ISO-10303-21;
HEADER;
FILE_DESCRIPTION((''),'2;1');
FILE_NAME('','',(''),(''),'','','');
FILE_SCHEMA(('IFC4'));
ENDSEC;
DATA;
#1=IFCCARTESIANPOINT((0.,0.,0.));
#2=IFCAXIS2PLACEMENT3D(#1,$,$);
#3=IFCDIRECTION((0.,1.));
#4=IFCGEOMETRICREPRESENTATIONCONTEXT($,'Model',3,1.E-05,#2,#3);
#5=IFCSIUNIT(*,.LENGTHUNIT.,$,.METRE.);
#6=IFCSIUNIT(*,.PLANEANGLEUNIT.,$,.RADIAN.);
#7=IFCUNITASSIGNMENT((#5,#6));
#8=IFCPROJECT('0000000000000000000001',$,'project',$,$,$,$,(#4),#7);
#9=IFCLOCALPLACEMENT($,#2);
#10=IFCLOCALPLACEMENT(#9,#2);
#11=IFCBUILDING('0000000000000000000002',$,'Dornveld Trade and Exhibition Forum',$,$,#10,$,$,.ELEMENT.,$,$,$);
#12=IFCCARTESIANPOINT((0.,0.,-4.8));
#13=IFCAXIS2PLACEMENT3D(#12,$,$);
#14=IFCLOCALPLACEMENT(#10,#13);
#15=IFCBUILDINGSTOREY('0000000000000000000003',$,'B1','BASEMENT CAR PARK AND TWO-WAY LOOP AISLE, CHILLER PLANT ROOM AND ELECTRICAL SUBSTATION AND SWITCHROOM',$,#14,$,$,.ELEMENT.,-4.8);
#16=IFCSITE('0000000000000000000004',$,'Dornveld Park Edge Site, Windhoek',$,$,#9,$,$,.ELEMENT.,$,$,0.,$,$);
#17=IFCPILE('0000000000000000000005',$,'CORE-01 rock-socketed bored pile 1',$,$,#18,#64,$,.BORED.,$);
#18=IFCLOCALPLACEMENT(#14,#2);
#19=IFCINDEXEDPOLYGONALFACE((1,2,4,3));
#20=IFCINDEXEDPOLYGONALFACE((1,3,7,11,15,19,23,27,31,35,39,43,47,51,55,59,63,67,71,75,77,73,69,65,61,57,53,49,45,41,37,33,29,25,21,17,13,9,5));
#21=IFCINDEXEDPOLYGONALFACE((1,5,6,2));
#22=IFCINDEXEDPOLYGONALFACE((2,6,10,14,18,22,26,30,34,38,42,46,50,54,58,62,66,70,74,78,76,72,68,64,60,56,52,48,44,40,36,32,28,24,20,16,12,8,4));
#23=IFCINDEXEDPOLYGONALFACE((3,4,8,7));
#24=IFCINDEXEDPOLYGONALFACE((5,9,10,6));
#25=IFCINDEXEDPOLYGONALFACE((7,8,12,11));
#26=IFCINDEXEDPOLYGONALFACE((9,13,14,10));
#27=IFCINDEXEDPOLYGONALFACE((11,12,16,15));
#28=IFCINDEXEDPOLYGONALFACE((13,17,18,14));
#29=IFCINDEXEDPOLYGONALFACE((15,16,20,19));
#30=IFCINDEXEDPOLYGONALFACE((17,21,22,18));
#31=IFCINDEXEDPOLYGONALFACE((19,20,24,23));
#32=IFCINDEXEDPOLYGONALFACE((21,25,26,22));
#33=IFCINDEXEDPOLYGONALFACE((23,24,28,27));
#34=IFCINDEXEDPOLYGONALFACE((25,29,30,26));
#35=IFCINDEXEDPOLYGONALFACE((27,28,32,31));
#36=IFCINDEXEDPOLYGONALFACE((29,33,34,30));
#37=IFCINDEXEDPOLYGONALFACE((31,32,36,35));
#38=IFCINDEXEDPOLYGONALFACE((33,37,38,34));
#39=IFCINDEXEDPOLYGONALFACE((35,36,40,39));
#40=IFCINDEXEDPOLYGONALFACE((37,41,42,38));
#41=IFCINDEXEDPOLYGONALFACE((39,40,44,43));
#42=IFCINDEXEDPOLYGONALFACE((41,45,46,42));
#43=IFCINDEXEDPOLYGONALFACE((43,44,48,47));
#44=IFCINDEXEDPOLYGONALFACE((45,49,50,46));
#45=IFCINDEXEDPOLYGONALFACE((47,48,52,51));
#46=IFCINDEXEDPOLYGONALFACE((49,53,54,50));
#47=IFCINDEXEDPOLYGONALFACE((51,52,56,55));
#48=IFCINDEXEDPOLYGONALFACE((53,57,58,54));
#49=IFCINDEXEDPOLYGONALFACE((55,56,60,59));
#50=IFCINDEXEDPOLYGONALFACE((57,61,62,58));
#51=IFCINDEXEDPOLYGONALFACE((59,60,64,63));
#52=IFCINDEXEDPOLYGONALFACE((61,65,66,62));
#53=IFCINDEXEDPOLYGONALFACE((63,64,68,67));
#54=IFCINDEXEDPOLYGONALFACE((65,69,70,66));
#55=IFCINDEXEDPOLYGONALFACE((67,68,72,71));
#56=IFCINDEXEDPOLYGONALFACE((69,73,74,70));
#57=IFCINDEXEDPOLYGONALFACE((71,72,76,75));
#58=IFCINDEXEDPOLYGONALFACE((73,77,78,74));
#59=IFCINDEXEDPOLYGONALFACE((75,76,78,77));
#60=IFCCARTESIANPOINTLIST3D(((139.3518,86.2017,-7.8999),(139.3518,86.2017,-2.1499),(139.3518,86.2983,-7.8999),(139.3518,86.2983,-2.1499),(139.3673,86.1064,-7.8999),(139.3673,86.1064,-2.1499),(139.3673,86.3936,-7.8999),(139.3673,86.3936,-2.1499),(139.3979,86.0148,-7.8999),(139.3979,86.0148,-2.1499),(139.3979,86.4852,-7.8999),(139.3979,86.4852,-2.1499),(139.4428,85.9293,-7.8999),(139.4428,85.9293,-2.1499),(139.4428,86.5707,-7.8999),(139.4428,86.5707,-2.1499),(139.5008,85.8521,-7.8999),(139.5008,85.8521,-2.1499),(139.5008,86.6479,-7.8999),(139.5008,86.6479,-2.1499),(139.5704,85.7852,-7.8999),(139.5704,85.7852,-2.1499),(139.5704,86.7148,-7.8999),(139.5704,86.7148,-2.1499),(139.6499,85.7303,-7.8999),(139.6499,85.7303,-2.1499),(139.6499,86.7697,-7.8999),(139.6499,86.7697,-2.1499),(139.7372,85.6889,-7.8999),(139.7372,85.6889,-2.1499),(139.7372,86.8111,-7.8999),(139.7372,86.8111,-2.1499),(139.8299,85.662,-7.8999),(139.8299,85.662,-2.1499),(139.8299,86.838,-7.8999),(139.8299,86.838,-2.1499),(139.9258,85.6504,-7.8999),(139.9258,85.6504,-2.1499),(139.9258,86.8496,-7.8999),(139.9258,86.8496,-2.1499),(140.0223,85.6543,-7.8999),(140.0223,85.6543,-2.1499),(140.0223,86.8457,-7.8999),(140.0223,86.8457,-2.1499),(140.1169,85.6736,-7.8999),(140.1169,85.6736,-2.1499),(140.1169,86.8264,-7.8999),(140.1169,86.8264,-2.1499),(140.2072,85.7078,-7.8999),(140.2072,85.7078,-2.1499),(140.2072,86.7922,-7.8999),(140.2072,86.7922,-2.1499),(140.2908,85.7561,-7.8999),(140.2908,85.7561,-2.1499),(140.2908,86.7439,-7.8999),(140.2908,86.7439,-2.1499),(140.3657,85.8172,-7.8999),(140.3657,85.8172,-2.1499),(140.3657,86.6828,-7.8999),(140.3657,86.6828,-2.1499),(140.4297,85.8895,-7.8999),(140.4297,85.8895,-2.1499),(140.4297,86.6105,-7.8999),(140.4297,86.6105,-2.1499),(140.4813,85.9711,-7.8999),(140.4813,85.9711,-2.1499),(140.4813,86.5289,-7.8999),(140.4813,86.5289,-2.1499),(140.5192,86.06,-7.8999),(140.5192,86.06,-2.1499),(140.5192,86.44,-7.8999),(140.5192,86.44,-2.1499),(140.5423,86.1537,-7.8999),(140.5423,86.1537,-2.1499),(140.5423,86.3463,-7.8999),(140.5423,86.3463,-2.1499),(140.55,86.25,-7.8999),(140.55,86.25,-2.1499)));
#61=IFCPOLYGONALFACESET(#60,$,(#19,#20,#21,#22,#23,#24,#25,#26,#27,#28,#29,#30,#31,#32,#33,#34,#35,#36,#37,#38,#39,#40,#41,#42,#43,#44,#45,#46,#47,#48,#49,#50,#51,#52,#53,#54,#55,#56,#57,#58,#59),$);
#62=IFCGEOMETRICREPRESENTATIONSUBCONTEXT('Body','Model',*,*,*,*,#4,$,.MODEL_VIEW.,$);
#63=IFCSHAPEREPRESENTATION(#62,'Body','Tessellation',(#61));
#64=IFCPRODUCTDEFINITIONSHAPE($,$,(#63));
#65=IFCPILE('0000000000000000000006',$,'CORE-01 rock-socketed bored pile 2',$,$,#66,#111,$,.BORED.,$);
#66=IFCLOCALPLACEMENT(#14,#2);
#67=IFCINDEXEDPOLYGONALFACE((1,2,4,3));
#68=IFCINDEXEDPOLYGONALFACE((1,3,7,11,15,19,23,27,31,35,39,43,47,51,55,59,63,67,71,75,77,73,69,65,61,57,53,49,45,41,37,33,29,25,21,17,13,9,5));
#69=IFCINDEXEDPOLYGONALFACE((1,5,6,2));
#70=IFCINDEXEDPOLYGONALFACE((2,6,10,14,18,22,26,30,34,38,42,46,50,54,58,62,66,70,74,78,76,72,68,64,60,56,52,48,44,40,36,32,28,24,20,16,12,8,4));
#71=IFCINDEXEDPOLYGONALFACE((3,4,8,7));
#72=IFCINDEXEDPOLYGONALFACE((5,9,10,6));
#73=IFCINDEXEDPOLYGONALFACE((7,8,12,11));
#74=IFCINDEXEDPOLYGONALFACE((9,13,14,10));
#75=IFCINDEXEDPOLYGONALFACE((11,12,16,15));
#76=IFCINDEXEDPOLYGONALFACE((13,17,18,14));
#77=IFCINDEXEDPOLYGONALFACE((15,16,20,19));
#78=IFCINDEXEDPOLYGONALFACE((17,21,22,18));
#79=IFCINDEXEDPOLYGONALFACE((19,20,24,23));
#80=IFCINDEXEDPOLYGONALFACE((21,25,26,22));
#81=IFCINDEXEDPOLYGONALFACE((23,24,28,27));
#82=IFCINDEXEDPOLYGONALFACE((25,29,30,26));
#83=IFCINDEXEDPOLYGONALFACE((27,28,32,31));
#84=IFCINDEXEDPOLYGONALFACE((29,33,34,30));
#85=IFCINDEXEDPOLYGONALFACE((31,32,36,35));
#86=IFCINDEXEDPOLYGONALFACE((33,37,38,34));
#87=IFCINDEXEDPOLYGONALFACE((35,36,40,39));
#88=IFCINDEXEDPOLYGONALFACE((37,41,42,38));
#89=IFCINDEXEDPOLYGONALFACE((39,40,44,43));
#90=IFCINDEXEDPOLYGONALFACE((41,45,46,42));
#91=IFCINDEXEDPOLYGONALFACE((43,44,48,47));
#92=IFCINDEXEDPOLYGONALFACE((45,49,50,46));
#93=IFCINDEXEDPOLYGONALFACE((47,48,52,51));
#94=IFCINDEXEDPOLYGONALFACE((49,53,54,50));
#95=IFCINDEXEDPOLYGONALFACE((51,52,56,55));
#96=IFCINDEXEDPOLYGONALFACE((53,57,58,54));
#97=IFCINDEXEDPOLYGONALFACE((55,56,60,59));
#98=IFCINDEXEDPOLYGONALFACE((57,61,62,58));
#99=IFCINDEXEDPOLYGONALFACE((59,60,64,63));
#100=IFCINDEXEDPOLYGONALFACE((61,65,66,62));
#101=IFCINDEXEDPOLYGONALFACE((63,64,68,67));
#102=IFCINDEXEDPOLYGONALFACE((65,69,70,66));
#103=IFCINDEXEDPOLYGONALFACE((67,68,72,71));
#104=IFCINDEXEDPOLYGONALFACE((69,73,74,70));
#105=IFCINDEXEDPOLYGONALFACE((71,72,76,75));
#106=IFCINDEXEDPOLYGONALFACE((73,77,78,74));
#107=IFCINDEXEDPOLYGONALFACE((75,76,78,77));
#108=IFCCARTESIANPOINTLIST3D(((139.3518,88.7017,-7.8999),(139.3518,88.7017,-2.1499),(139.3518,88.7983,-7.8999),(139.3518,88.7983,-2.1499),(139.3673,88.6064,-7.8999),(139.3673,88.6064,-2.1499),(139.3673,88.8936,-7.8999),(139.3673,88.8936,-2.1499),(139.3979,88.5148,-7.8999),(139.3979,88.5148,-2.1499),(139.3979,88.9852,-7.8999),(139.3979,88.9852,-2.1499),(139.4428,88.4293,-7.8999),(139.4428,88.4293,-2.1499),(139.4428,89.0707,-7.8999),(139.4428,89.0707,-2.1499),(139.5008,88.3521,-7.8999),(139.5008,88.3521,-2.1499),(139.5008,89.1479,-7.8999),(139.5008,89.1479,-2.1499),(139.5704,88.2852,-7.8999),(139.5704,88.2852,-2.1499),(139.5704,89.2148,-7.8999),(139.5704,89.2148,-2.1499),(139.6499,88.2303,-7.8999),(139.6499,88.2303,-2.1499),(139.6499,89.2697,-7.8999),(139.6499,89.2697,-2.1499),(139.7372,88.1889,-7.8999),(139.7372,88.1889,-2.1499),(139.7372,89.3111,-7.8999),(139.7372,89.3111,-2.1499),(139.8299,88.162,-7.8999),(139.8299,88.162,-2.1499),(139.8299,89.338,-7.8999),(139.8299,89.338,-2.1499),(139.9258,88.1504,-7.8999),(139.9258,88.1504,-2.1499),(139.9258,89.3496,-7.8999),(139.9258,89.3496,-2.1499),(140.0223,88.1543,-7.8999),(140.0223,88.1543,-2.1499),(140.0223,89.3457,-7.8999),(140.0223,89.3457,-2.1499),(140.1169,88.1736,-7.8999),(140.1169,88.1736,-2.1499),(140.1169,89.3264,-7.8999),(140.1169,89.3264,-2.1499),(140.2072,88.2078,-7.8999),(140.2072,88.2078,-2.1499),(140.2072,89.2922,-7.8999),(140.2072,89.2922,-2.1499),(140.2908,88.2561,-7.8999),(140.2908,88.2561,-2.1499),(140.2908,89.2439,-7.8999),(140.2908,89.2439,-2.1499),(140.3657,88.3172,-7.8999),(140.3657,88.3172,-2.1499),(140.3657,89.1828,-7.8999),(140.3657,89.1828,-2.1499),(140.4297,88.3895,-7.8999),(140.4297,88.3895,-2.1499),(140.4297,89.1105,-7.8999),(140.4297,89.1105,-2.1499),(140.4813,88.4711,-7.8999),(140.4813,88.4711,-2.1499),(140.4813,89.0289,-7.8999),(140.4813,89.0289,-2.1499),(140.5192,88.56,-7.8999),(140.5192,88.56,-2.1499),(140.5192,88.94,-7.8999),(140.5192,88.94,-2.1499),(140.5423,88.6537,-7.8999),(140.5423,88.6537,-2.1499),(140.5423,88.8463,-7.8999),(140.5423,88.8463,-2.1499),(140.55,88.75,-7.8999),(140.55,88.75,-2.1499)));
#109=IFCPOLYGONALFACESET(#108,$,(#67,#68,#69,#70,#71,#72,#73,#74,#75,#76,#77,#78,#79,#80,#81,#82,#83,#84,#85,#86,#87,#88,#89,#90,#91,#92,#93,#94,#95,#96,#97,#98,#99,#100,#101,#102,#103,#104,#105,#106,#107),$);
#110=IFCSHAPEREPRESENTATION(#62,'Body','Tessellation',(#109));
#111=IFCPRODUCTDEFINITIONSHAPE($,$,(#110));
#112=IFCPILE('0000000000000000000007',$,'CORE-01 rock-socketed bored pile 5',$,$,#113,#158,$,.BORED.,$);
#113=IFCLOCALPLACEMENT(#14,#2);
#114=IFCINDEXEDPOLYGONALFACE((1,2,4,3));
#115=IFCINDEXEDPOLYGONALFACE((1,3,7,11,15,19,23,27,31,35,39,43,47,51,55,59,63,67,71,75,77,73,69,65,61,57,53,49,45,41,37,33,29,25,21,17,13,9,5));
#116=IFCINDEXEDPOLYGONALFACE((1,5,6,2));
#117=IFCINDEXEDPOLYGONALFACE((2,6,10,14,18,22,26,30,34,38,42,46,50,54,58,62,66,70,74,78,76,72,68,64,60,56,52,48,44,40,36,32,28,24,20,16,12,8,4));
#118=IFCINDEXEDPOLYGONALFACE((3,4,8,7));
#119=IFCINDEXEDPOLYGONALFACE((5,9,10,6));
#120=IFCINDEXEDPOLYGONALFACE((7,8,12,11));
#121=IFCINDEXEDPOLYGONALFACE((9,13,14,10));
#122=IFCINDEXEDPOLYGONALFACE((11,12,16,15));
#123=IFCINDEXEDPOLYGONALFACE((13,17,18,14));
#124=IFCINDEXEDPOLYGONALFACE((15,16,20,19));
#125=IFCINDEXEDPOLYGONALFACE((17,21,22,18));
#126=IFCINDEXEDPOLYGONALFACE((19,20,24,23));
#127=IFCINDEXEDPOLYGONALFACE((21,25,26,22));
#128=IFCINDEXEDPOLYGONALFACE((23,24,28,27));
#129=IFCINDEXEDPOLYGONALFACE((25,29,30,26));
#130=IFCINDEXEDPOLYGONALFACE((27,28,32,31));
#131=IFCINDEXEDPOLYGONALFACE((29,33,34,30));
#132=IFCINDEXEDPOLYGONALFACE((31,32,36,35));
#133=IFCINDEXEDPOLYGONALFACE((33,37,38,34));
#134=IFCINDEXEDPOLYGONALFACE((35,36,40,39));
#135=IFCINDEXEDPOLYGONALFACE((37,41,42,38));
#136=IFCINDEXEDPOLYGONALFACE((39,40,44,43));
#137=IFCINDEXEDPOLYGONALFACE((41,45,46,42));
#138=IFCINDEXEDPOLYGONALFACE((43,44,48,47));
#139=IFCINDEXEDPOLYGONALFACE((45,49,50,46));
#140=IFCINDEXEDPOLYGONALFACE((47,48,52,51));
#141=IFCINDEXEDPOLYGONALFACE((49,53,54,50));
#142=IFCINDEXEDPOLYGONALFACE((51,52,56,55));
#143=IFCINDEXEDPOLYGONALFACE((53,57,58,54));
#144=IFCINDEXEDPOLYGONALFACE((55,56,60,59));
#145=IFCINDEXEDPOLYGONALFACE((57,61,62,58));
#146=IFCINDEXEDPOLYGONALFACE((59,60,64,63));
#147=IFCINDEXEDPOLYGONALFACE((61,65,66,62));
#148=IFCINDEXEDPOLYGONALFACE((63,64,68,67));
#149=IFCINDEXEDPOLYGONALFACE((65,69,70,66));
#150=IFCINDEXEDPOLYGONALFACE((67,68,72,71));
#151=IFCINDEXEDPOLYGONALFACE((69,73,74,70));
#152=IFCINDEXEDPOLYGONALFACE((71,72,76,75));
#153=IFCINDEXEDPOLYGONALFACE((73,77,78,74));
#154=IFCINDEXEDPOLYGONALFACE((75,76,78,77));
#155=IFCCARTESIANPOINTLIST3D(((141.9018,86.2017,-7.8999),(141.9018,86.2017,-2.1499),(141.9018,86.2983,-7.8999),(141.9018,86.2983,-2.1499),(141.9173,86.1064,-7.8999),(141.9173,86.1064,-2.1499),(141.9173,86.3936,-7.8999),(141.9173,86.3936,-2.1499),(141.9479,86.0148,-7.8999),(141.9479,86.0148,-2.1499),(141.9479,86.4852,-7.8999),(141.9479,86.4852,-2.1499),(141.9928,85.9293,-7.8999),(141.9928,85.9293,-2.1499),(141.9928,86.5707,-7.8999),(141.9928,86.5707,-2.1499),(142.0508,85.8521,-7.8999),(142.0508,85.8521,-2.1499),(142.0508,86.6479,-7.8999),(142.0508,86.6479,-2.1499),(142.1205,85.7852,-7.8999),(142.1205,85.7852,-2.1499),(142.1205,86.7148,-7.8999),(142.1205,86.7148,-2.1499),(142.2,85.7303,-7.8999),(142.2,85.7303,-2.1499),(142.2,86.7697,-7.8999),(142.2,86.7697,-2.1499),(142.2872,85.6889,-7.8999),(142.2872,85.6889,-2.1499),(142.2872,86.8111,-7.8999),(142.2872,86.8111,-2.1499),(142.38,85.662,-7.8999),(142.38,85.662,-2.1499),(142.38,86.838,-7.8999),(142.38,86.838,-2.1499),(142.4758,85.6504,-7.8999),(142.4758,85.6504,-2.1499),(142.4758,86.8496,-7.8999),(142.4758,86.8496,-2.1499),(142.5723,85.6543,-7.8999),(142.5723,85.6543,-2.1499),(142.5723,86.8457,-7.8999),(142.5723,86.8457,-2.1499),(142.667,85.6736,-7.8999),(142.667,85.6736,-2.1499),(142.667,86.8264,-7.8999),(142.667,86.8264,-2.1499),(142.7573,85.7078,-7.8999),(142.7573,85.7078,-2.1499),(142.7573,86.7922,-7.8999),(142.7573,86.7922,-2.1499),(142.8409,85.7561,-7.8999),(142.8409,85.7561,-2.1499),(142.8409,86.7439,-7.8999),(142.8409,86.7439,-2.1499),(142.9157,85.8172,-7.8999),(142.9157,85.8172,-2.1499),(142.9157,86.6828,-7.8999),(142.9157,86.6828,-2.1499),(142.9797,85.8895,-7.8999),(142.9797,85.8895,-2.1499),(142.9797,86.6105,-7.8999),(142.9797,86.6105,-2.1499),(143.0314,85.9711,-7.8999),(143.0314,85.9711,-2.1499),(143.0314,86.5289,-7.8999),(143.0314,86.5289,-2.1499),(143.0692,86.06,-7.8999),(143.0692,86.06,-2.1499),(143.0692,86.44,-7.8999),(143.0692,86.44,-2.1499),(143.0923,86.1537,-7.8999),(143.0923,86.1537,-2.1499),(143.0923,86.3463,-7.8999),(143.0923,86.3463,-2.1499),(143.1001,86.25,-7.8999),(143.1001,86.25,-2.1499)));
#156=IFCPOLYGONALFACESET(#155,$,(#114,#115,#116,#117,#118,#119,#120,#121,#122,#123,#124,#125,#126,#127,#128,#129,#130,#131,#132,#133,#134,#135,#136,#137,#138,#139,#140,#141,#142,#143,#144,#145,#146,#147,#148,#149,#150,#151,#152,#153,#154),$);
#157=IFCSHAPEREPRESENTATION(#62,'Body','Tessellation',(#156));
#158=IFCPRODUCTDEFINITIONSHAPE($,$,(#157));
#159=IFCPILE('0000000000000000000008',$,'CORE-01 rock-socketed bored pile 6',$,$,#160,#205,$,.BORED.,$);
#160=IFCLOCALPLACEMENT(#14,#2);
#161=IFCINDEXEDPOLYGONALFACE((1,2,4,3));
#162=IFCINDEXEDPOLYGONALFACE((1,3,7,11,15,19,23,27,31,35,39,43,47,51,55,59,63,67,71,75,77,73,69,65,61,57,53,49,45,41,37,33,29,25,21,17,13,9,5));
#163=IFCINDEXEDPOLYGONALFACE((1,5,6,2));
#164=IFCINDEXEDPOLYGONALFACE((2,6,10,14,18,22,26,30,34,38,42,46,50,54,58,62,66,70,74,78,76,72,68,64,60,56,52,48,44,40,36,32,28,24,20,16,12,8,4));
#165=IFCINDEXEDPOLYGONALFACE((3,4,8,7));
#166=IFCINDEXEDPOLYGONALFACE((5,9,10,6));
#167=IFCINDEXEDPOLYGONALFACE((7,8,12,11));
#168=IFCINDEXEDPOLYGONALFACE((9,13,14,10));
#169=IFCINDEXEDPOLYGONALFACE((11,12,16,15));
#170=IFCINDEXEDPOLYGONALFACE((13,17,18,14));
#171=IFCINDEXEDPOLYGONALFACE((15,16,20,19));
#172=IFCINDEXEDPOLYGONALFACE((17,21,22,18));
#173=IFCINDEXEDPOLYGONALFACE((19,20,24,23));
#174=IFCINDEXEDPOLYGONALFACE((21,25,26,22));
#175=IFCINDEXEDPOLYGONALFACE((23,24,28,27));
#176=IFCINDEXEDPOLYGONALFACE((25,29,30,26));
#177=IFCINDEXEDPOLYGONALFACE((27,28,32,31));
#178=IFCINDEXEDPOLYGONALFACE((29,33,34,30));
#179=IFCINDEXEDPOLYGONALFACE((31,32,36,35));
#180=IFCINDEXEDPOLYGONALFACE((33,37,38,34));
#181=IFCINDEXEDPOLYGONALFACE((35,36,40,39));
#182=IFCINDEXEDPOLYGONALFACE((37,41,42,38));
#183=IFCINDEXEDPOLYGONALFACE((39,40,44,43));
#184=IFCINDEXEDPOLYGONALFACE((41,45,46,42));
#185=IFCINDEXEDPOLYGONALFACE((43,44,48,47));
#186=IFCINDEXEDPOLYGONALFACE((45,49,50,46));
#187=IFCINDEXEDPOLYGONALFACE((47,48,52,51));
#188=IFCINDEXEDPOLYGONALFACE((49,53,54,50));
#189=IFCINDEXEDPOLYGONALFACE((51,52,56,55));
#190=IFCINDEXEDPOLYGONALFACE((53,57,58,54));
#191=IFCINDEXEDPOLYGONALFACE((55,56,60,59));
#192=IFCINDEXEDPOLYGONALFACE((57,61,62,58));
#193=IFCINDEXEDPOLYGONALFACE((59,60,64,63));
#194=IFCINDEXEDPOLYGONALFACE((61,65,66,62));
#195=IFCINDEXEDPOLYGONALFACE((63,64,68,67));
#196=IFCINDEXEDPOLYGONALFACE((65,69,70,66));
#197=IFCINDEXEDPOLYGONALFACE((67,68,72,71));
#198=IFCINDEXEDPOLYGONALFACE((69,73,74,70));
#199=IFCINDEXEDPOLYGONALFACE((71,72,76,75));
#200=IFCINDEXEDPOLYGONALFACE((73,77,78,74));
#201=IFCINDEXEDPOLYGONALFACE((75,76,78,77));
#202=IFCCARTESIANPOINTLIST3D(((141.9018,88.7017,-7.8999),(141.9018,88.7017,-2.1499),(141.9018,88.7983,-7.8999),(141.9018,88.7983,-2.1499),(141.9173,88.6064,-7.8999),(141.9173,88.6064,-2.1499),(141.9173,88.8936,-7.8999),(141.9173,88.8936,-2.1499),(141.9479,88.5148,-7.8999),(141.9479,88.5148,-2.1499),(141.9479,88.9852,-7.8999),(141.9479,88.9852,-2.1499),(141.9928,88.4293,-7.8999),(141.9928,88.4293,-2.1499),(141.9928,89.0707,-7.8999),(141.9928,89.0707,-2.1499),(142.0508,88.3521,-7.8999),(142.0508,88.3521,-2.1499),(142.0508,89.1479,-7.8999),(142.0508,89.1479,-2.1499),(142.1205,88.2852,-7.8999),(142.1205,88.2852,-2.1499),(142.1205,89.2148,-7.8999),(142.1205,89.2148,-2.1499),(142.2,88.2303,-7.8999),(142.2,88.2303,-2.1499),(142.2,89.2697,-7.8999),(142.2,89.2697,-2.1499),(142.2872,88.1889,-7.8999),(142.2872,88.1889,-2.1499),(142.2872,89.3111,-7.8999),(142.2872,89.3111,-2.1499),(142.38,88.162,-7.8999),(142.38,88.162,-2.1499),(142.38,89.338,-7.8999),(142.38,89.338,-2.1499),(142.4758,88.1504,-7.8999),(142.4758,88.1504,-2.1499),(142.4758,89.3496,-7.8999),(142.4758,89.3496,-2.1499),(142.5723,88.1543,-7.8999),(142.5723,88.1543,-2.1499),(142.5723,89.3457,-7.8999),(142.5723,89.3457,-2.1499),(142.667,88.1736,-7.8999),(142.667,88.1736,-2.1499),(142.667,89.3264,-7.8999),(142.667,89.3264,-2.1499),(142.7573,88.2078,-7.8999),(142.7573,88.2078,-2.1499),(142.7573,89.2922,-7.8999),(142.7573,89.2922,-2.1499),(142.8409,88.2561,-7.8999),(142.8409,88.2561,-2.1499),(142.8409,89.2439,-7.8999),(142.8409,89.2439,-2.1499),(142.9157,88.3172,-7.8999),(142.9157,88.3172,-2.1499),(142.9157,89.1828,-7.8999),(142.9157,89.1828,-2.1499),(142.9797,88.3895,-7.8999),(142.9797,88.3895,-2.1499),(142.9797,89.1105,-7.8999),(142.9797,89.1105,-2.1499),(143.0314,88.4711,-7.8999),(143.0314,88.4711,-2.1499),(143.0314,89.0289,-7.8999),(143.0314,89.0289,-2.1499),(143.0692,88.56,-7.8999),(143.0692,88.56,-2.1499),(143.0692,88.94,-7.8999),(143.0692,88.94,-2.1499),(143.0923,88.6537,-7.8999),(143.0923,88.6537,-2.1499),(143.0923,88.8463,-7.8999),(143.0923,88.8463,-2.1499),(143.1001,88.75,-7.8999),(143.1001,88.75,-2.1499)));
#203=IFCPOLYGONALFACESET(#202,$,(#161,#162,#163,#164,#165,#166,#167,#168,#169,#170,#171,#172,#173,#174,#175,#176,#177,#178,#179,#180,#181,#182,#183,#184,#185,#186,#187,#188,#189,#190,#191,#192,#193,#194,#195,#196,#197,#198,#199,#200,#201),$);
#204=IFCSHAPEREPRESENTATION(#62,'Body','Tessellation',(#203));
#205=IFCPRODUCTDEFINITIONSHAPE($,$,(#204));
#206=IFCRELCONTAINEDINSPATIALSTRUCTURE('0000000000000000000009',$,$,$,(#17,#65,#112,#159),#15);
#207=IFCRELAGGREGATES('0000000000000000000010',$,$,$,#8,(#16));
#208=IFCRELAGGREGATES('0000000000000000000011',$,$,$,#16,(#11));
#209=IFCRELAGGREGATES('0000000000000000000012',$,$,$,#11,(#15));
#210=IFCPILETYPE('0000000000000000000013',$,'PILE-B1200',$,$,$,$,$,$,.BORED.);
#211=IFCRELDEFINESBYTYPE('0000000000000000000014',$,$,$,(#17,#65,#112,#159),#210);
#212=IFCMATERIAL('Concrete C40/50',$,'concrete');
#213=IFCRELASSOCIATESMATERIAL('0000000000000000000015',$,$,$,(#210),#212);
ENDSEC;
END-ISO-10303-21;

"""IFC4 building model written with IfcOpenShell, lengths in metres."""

from ifc_helpers import new_model, si_unit, direction, frame, origin, origin_2d, place, context, subcontext, project, spatial, circle, extrude, material, material_profile, profile_set, type_object, element, save


model = new_model("IFC4")

# Units and contexts
model_context = context("Model", 3, precision=1e-05, world=origin(), true_north=direction((0.0, 1.0)))
body_context = subcontext(model_context, "Body", "Model", "MODEL_VIEW")
ifc_project = project(units=[si_unit("LENGTHUNIT", "METRE"), si_unit("PLANEANGLEUNIT", "RADIAN")], contexts=[model_context])

# Site, building, storey
site_placement = place(None, origin())
site = spatial("IfcSite", under=ifc_project, at=site_placement, Name="Dornveld Park Edge Site, Windhoek", CompositionType="ELEMENT", RefElevation=0.0)
building_placement = place(site_placement, origin())
building = spatial("IfcBuilding", under=site, at=building_placement, Name="Dornveld Trade and Exhibition Forum", CompositionType="ELEMENT")
storey_placement = place(building_placement, frame((0.0, 0.0, -4.8)))
storey = spatial("IfcBuildingStorey", under=building, at=storey_placement, Name="B1", Description="BASEMENT CAR PARK AND TWO-WAY LOOP AISLE, CHILLER PLANT ROOM AND ELECTRICAL SUBSTATION AND SWITCHROOM", CompositionType="ELEMENT", Elevation=-4.8)

# Piles
ifc_material_1 = material(Name="Concrete C40/50", Category="concrete")
ifc_material_profile_1 = material_profile(ifc_material_1, circle(Radius=0.6001, at=origin_2d()), Name="PILE D1200")
ifc_profile_set_1 = profile_set([ifc_material_profile_1], Name="Concrete C40/50")
pile_type_1 = type_object("IfcPileType", Name="PILE-B1200", PredefinedType="BORED", material=ifc_profile_set_1)
for number, where, z_axis, x_axis, name in (
    (1, (139.95, 86.25, -2.1499), (0.0, 0.0, -1.0), (1.0, 0.0, 0.0), "CORE-01 rock-socketed bored pile 1"),
    (2, (139.95, 88.75, -2.1499), (0.0, 0.0, -1.0), (1.0, 0.0, 0.0), "CORE-01 rock-socketed bored pile 2"),
    (3, (142.5, 86.25, -2.1499), (0.0, 0.0, -1.0), (1.0, 0.0, 0.0), "CORE-01 rock-socketed bored pile 5"),
    (4, (142.5, 88.75, -2.1499), (0.0, 0.0, -1.0), (1.0, 0.0, 0.0), "CORE-01 rock-socketed bored pile 6"),
):
    element("IfcPile", number, at=place(storey_placement, frame(where, z_axis=z_axis, x_axis=x_axis)), inside=storey, type_object=pile_type_1, Name=name, PredefinedType="BORED", context=body_context, shape_type="SweptSolid", body=[
        extrude(circle(Radius=0.6001, at=origin_2d()), origin(), (0.0, 0.0, 1.0), 5.75),
    ])

save(model, "model.ifc")
